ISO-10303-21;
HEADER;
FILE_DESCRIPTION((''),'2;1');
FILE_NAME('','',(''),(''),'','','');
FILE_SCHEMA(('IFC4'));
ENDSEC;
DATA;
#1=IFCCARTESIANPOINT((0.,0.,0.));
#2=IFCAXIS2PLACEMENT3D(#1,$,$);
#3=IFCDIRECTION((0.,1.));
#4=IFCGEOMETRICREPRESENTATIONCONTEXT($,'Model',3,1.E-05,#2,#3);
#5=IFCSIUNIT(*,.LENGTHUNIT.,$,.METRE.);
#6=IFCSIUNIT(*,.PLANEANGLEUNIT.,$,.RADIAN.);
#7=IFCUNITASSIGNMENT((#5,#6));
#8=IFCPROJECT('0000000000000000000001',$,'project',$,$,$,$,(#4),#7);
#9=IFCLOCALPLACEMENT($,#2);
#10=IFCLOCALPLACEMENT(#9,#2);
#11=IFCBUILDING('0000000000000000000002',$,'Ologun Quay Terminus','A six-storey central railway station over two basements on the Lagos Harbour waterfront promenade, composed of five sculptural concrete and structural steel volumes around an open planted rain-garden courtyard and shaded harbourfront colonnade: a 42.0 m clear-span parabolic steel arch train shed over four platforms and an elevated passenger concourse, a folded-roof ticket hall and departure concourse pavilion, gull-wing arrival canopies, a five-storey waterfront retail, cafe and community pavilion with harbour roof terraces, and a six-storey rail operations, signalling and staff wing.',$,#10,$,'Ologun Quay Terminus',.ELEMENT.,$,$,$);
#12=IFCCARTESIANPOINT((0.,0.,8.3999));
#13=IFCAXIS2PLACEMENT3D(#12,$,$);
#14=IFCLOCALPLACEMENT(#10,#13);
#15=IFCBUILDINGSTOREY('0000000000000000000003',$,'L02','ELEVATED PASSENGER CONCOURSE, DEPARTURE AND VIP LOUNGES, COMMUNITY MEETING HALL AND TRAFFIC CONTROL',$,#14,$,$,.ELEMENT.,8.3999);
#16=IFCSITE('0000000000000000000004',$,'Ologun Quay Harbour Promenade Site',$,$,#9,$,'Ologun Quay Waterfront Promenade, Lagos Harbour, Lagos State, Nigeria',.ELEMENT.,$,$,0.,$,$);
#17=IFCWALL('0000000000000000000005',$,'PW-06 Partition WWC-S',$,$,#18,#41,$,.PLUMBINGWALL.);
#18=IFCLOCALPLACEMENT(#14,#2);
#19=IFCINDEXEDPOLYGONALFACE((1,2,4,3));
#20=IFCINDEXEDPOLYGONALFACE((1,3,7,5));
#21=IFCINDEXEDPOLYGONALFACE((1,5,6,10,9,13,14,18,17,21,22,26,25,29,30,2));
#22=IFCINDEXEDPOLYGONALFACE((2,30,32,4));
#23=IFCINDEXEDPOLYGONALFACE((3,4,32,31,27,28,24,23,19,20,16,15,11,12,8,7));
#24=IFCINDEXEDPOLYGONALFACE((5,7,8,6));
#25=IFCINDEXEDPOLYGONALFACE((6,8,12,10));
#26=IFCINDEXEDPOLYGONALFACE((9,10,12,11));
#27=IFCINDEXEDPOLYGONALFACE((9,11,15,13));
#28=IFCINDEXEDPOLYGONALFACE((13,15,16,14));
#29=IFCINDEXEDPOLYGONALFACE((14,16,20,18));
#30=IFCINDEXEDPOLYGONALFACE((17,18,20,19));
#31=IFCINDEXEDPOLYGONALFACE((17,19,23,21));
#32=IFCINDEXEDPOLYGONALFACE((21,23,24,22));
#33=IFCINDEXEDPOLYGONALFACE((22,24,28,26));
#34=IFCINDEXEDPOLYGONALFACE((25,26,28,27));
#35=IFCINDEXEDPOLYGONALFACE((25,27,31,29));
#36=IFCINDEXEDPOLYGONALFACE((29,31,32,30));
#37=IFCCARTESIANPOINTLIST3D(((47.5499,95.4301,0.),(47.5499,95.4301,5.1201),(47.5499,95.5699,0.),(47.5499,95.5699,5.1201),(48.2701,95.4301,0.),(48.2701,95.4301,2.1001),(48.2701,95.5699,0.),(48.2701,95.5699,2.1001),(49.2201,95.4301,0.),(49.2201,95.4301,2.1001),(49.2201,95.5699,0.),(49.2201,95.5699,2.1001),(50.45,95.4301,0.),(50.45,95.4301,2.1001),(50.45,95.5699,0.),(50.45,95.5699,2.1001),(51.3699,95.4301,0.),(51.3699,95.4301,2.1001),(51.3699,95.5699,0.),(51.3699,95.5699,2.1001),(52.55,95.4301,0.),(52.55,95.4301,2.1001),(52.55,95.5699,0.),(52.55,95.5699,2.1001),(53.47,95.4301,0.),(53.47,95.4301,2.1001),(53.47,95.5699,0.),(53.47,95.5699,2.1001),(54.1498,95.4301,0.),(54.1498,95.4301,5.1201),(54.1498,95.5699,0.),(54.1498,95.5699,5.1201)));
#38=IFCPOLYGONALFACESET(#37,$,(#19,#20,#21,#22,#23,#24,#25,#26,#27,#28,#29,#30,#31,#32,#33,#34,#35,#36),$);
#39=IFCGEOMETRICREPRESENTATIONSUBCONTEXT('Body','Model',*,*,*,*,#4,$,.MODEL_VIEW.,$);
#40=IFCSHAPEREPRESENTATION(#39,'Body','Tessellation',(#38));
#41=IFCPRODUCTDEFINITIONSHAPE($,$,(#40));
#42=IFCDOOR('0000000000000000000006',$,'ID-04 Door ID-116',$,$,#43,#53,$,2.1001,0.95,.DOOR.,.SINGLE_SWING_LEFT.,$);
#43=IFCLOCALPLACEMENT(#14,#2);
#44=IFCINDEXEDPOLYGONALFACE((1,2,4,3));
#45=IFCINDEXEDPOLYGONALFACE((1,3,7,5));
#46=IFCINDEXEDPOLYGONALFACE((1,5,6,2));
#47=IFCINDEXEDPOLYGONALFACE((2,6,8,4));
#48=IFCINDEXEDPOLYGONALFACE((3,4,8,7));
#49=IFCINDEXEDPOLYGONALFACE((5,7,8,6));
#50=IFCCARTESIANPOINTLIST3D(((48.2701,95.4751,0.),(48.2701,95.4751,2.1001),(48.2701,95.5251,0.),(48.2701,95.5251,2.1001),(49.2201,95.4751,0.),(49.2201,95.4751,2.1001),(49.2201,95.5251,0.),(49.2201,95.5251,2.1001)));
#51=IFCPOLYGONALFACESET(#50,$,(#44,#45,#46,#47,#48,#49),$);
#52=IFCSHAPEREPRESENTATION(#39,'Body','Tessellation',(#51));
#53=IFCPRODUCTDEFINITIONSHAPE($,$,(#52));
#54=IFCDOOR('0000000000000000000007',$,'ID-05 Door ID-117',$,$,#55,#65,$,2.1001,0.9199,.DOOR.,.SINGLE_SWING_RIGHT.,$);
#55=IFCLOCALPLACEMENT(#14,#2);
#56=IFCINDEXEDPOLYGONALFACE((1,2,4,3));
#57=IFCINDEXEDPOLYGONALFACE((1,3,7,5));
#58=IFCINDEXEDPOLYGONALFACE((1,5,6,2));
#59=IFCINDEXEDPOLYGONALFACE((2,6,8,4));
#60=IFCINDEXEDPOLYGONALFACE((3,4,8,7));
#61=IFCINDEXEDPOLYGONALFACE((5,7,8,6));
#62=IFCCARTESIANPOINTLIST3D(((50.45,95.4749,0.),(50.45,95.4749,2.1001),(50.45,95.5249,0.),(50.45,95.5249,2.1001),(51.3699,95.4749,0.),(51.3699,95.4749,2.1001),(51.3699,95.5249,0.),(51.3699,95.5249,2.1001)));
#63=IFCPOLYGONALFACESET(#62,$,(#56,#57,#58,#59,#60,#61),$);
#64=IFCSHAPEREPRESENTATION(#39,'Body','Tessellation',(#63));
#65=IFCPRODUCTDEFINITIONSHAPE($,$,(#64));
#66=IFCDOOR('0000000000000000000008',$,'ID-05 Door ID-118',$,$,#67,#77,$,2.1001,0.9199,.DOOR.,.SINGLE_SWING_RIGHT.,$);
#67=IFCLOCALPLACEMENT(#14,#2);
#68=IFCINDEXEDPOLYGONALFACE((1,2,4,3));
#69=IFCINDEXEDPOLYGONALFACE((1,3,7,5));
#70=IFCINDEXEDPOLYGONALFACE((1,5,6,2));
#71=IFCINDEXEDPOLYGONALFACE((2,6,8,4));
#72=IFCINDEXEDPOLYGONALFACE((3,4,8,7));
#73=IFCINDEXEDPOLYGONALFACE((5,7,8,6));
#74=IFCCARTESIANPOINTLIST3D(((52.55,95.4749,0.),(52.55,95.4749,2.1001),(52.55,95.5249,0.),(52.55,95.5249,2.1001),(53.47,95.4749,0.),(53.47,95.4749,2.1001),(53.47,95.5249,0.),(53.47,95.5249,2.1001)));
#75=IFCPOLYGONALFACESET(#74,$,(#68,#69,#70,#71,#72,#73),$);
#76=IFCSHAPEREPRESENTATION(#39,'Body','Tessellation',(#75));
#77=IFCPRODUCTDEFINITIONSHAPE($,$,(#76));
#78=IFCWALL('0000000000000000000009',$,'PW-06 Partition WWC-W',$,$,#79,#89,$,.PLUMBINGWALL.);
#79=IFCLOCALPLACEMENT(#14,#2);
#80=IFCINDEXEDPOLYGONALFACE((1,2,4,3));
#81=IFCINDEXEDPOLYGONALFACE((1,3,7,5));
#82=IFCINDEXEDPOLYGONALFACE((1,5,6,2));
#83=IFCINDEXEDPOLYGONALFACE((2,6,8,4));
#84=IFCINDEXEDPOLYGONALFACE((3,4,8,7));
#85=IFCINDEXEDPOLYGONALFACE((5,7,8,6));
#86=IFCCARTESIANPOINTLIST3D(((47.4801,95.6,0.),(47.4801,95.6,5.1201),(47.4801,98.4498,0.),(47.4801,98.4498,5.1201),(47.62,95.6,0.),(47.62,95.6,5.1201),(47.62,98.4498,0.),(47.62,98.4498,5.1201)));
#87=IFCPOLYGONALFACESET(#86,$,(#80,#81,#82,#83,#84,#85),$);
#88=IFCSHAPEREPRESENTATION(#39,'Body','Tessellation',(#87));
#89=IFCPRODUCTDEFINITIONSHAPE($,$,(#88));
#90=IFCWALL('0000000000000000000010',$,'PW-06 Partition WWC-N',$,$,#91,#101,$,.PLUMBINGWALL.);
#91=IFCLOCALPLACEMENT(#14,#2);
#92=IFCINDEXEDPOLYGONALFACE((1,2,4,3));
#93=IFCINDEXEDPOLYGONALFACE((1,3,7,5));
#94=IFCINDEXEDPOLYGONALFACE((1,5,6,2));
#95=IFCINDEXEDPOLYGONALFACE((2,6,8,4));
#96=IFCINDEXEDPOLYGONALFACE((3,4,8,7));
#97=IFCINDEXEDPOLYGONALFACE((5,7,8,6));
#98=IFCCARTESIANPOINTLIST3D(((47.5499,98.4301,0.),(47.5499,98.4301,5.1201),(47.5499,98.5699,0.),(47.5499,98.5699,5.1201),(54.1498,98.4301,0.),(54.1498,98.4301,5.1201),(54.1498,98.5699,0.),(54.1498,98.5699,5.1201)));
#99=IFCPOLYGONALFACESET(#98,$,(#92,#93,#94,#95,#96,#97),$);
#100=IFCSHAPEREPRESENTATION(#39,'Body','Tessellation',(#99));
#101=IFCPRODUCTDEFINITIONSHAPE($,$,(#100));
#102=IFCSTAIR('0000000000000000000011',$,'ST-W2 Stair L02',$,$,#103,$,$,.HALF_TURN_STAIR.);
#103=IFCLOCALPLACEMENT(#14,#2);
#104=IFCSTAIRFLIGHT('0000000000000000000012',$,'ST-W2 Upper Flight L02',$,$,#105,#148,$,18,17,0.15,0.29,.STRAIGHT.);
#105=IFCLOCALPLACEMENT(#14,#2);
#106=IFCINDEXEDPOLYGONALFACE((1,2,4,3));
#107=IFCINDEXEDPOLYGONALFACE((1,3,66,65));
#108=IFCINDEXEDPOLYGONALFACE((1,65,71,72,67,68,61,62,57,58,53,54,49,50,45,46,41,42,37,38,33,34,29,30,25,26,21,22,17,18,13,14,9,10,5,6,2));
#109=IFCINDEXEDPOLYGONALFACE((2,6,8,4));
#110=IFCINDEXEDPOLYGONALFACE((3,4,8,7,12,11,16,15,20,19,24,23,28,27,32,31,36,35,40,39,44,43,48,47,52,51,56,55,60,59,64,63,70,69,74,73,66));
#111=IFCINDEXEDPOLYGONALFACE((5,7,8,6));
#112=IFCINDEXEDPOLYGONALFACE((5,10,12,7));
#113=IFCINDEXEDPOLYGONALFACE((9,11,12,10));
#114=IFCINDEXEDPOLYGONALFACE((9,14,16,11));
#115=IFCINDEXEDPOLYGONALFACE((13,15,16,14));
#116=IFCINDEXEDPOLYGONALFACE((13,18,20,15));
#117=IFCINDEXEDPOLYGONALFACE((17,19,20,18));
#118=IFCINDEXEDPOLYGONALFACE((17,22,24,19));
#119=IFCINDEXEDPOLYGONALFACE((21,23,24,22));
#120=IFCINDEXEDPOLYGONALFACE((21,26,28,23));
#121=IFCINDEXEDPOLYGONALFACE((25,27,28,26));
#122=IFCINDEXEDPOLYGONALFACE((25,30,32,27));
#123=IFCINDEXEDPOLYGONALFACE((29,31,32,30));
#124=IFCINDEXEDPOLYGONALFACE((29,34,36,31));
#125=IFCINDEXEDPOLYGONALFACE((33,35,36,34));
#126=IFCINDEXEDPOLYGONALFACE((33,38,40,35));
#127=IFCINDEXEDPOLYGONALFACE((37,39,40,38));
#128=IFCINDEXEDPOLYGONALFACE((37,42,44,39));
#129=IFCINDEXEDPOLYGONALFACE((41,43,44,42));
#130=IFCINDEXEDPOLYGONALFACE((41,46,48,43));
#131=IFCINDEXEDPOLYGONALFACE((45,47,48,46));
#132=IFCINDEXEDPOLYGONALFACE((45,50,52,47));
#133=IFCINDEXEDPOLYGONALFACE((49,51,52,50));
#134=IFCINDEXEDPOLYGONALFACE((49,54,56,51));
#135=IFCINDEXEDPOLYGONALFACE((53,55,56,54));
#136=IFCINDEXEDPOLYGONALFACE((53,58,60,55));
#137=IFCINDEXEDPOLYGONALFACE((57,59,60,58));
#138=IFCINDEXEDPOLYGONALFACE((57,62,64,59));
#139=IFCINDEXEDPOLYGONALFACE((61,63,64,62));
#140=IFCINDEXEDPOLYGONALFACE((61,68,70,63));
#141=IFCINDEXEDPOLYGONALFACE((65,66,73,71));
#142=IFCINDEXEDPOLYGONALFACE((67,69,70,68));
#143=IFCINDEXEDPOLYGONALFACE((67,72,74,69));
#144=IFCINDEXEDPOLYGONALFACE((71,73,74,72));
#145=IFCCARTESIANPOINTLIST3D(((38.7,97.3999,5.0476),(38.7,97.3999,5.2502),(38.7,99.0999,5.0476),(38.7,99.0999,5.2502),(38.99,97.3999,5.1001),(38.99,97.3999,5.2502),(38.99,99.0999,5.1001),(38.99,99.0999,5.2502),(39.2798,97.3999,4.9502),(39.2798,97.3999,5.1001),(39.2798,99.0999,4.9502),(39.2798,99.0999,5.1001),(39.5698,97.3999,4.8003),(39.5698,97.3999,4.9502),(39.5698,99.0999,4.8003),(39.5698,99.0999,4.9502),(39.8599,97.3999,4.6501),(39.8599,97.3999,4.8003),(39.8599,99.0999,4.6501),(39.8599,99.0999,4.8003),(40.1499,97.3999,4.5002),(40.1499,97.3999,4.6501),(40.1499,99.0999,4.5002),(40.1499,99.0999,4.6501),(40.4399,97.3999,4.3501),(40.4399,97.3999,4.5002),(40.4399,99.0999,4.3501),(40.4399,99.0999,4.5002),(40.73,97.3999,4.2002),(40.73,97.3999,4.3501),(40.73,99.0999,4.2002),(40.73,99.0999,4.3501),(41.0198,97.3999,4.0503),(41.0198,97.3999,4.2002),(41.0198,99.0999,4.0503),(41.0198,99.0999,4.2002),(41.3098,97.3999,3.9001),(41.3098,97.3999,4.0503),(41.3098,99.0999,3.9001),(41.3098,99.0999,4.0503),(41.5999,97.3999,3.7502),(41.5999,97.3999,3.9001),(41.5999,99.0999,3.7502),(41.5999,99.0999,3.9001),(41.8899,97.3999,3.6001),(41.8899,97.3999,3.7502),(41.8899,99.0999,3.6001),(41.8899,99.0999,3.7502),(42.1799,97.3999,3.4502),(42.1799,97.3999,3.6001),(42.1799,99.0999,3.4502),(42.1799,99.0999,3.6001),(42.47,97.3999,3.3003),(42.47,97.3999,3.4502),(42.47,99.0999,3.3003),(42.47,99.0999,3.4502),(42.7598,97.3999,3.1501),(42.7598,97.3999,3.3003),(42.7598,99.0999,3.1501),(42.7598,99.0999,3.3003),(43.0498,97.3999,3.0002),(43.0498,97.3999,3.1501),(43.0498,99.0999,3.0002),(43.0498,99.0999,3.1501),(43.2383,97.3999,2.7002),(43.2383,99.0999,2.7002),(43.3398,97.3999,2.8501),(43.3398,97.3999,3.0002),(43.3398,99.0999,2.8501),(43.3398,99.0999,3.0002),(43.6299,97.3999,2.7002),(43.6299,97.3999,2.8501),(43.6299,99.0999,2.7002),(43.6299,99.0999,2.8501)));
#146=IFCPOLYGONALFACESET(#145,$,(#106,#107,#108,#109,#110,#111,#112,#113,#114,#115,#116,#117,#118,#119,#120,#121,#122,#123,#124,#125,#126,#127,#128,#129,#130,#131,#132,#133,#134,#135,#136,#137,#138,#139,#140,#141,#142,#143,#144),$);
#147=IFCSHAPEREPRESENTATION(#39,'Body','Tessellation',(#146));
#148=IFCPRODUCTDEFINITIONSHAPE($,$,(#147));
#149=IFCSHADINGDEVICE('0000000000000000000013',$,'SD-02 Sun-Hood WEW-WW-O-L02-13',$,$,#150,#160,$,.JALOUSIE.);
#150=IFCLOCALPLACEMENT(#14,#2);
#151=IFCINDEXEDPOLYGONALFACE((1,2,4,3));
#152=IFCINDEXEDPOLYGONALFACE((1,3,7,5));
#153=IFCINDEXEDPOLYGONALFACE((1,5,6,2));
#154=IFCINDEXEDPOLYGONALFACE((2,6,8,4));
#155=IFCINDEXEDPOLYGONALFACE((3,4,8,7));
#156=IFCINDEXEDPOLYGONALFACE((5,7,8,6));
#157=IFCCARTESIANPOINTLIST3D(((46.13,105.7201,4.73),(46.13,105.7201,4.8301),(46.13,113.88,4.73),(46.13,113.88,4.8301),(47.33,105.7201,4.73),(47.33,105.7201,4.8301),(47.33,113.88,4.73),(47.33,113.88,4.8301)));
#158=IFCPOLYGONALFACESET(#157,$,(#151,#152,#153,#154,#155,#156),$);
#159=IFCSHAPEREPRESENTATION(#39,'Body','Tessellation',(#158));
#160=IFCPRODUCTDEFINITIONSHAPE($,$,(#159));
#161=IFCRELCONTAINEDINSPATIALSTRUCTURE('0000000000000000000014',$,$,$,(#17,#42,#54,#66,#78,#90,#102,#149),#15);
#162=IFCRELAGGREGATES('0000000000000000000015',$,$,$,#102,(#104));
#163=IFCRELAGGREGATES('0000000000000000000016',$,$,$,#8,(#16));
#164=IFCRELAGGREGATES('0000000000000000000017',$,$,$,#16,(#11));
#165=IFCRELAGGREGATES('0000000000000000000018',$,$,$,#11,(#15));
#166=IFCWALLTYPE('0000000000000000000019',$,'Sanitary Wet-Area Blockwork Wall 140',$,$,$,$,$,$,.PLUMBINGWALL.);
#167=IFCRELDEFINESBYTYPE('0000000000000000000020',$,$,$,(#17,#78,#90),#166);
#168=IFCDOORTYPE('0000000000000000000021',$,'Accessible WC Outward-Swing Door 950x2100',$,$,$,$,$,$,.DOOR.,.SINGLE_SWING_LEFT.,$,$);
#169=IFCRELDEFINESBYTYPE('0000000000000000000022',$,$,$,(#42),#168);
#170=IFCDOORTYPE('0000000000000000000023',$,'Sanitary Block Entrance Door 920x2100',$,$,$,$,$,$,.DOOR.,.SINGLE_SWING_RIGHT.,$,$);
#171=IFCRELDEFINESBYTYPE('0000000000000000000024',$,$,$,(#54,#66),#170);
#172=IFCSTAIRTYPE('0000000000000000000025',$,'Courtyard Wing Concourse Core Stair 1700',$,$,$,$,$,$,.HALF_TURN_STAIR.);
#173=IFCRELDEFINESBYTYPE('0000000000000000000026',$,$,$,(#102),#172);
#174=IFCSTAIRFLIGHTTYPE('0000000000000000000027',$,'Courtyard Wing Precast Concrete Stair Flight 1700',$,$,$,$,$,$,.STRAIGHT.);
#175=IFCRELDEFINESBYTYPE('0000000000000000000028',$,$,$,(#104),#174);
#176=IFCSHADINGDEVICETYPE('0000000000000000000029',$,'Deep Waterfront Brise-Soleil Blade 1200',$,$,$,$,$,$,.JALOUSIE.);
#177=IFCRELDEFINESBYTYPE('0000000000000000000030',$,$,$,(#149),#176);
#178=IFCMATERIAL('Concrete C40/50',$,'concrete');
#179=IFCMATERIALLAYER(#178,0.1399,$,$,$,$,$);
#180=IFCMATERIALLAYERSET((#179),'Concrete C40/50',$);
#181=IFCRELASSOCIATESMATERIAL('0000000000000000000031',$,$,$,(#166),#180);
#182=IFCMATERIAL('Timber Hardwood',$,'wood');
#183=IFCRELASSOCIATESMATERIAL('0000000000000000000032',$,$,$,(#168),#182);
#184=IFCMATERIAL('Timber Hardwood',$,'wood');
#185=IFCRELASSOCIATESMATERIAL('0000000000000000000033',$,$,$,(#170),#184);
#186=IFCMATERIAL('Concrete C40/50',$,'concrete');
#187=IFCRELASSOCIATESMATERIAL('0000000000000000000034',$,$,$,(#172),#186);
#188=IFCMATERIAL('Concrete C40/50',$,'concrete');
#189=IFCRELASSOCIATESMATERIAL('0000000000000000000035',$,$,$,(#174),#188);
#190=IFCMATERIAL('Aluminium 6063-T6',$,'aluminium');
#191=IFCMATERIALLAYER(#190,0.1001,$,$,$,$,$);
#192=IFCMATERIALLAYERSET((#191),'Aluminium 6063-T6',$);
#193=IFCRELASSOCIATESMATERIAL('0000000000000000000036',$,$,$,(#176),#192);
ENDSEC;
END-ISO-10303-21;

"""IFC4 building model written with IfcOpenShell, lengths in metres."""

from ifc_helpers import new_model, si_unit, direction, frame, frame_2d, origin, origin_2d, place, context, subcontext, project, spatial, polyline, rectangle, outline, extrude, material, layer, layer_set, type_object, element, fill, aggregate, save


model = new_model("IFC4")

# Units and contexts
model_context = context("Model", 3, precision=1e-05, world=origin(), true_north=direction((0.0, 1.0)))
body_context = subcontext(model_context, "Body", "Model", "MODEL_VIEW")
ifc_project = project(units=[si_unit("LENGTHUNIT", "METRE"), si_unit("PLANEANGLEUNIT", "RADIAN")], contexts=[model_context])

# Site, building, storey
site_placement = place(None, origin())
site = spatial("IfcSite", under=ifc_project, at=site_placement, Name="Ologun Quay Harbour Promenade Site", LongName="Ologun Quay Waterfront Promenade, Lagos Harbour, Lagos State, Nigeria", CompositionType="ELEMENT", RefElevation=0.0)
building_placement = place(site_placement, origin())
building = spatial("IfcBuilding", under=site, at=building_placement, Name="Ologun Quay Terminus", Description="A six-storey central railway station over two basements on the Lagos Harbour waterfront promenade, composed of five sculptural concrete and structural steel volumes around an open planted rain-garden courtyard and shaded harbourfront colonnade: a 42.0 m clear-span parabolic steel arch train shed over four platforms and an elevated passenger concourse, a folded-roof ticket hall and departure concourse pavilion, gull-wing arrival canopies, a five-storey waterfront retail, cafe and community pavilion with harbour roof terraces, and a six-storey rail operations, signalling and staff wing.", LongName="Ologun Quay Terminus", CompositionType="ELEMENT")
storey_placement = place(building_placement, frame((0.0, 0.0, 8.3999)))
storey = spatial("IfcBuildingStorey", under=building, at=storey_placement, Name="L02", Description="ELEVATED PASSENGER CONCOURSE, DEPARTURE AND VIP LOUNGES, COMMUNITY MEETING HALL AND TRAFFIC CONTROL", CompositionType="ELEMENT", Elevation=8.3999)

# Wall, openings, doors
ifc_material_1 = material(Name="Concrete C40/50", Category="concrete")
ifc_layer_1 = layer(ifc_material_1, 0.1399)
ifc_layer_set_1 = layer_set([ifc_layer_1], Name="Concrete C40/50")
wall_type_1 = type_object("IfcWallType", Name="Sanitary Wet-Area Blockwork Wall 140", PredefinedType="PLUMBINGWALL", material=ifc_layer_set_1)
wall_1_placement = place(storey_placement, frame((47.55, 95.5, 0.0), z_axis=(0.0, 0.0, 1.0), x_axis=(1.0, 0.0, 0.0)))
wall_1 = element("IfcWall", 1, at=wall_1_placement, inside=storey, type_object=wall_type_1, Name="PW-06 Partition WWC-S", PredefinedType="PLUMBINGWALL", context=body_context, shape_type="SweptSolid", body=[
    extrude(rectangle(XDim=6.5999, YDim=0.1399, at=frame_2d((3.2998, 0.0))), origin(), (0.0, 0.0, 1.0), 5.1201),
])
opening_1_placement = place(wall_1_placement, frame((0.72, 0.0, 0.0)))
opening_1 = element("IfcOpeningElement", 2, at=opening_1_placement, cuts=wall_1, PredefinedType="OPENING", context=body_context, shape_type="SweptSolid", body=[
    extrude(rectangle(XDim=0.95, YDim=2.1001, at=frame_2d((0.4751, 1.05))), frame((0.0, 0.0801, 0.0), z_axis=(0.0, -1.0, 0.0), x_axis=(1.0, 0.0, 0.0)), (0.0, 0.0, 1.0), 0.1599),
])
opening_2_placement = place(wall_1_placement, frame((2.8999, 0.0, 0.0)))
opening_2 = element("IfcOpeningElement", 3, at=opening_2_placement, cuts=wall_1, PredefinedType="OPENING", context=body_context, shape_type="SweptSolid", body=[
    extrude(rectangle(XDim=0.9199, YDim=2.1001, at=frame_2d((0.46, 1.05))), frame((0.0, 0.0801, 0.0), z_axis=(0.0, -1.0, 0.0), x_axis=(1.0, 0.0, 0.0)), (0.0, 0.0, 1.0), 0.1599),
])
opening_3_placement = place(wall_1_placement, frame((5.0, 0.0, 0.0)))
opening_3 = element("IfcOpeningElement", 4, at=opening_3_placement, cuts=wall_1, PredefinedType="OPENING", context=body_context, shape_type="SweptSolid", body=[
    extrude(rectangle(XDim=0.9199, YDim=2.1001, at=frame_2d((0.46, 1.05))), frame((0.0, 0.0801, 0.0), z_axis=(0.0, -1.0, 0.0), x_axis=(1.0, 0.0, 0.0)), (0.0, 0.0, 1.0), 0.1599),
])
ifc_material_2 = material(Name="Timber Hardwood", Category="wood")
door_type_1 = type_object("IfcDoorType", Name="Accessible WC Outward-Swing Door 950x2100", OperationType="SINGLE_SWING_LEFT", PredefinedType="DOOR", material=ifc_material_2)
door_1_placement = place(opening_1_placement, frame((0.4751, 0.0, 0.0), z_axis=(0.0, 0.0, 1.0), x_axis=(-1.0, 0.0, 0.0)))
door_1 = element("IfcDoor", 5, at=door_1_placement, inside=storey, type_object=door_type_1, Name="ID-04 Door ID-116", OperationType="SINGLE_SWING_LEFT", OverallHeight=2.1001, OverallWidth=0.95, PredefinedType="DOOR", context=body_context, shape_type="SweptSolid", body=[
    extrude(rectangle(XDim=0.95, YDim=2.1001, at=frame_2d((0.0, 1.05))), frame((0.0, 0.0249, 0.0), z_axis=(0.0, -1.0, 0.0), x_axis=(1.0, 0.0, 0.0)), (0.0, 0.0, 1.0), 0.05),
])
fill(opening_1, door_1)
ifc_material_3 = material(Name="Timber Hardwood", Category="wood")
door_type_2 = type_object("IfcDoorType", Name="Sanitary Block Entrance Door 920x2100", OperationType="SINGLE_SWING_RIGHT", PredefinedType="DOOR", material=ifc_material_3)
door_2_placement = place(opening_2_placement, origin())
door_2 = element("IfcDoor", 6, at=door_2_placement, inside=storey, type_object=door_type_2, Name="ID-05 Door ID-117", OperationType="SINGLE_SWING_RIGHT", OverallHeight=2.1001, OverallWidth=0.9199, PredefinedType="DOOR", context=body_context, shape_type="SweptSolid", body=[
    extrude(rectangle(XDim=0.9199, YDim=2.1001, at=frame_2d((0.46, 1.05))), frame((0.0, 0.0249, 0.0), z_axis=(0.0, -1.0, 0.0), x_axis=(1.0, 0.0, 0.0)), (0.0, 0.0, 1.0), 0.05),
])
fill(opening_2, door_2)
door_3_placement = place(opening_3_placement, origin())
door_3 = element("IfcDoor", 7, at=door_3_placement, inside=storey, type_object=door_type_2, Name="ID-05 Door ID-118", OperationType="SINGLE_SWING_RIGHT", OverallHeight=2.1001, OverallWidth=0.9199, PredefinedType="DOOR", context=body_context, shape_type="SweptSolid", body=[
    extrude(rectangle(XDim=0.9199, YDim=2.1001, at=frame_2d((0.46, 1.05))), frame((0.0, 0.0249, 0.0), z_axis=(0.0, -1.0, 0.0), x_axis=(1.0, 0.0, 0.0)), (0.0, 0.0, 1.0), 0.05),
])
fill(opening_3, door_3)

# Walls
wall_2_placement = place(storey_placement, frame((47.55, 95.6001, 0.0), z_axis=(0.0, 0.0, 1.0), x_axis=(0.0, 1.0, 0.0)))
element("IfcWall", 8, at=wall_2_placement, inside=storey, type_object=wall_type_1, Name="PW-06 Partition WWC-W", PredefinedType="PLUMBINGWALL", context=body_context, shape_type="SweptSolid", body=[
    extrude(rectangle(XDim=2.8499, YDim=0.1399, at=frame_2d((1.4248, 0.0))), origin(), (0.0, 0.0, 1.0), 5.1201),
])
wall_3_placement = place(storey_placement, frame((47.55, 98.5, 0.0), z_axis=(0.0, 0.0, 1.0), x_axis=(1.0, 0.0, 0.0)))
element("IfcWall", 9, at=wall_3_placement, inside=storey, type_object=wall_type_1, Name="PW-06 Partition WWC-N", PredefinedType="PLUMBINGWALL", context=body_context, shape_type="SweptSolid", body=[
    extrude(rectangle(XDim=6.5999, YDim=0.1399, at=frame_2d((3.2998, 0.0))), origin(), (0.0, 0.0, 1.0), 5.1201),
])

# Stair, stair flight
ifc_material_4 = material(Name="Concrete C40/50", Category="concrete")
stair_type = type_object("IfcStairType", Name="Courtyard Wing Concourse Core Stair 1700", PredefinedType="HALF_TURN_STAIR", material=ifc_material_4)
stair_placement = place(storey_placement, origin())
stair = element("IfcStair", 10, at=stair_placement, inside=storey, type_object=stair_type, Name="ST-W2 Stair L02", PredefinedType="HALF_TURN_STAIR")
ifc_material_5 = material(Name="Concrete C40/50", Category="concrete")
stair_flight_type = type_object("IfcStairFlightType", Name="Courtyard Wing Precast Concrete Stair Flight 1700", PredefinedType="STRAIGHT", material=ifc_material_5)
stair_flight_placement = place(storey_placement, frame((43.6299, 98.25, 2.7002), z_axis=(0.0, 0.0, 1.0), x_axis=(-1.0, 0.0, 0.0)))
stair_flight = element("IfcStairFlight", 11, at=stair_flight_placement, type_object=stair_flight_type, Name="ST-W2 Upper Flight L02", NumberOfRisers=18, NumberOfTreads=17, PredefinedType="STRAIGHT", RiserHeight=0.15, TreadLength=0.29, context=body_context, shape_type="SweptSolid", body=[
    extrude(outline(polyline([(0.0, 0.0), (0.0, 0.1499), (0.29, 0.1499), (0.29, 0.3), (0.5801, 0.3), (0.5801, 0.45), (0.8701, 0.45), (0.8701, 0.6001), (1.1599, 0.6001), (1.1599, 0.75), (1.45, 0.75), (1.45, 0.8999), (1.74, 0.8999), (1.74, 1.05), (2.03, 1.05), (2.03, 1.2), (2.3201, 1.2), (2.3201, 1.3501), (2.6101, 1.3501), (2.6101, 1.5), (2.8999, 1.5), (2.8999, 1.6499), (3.1899, 1.6499), (3.1899, 1.8), (3.48, 1.8), (3.48, 1.95), (3.77, 1.95), (3.77, 2.1001), (4.0601, 2.1001), (4.0601, 2.25), (4.3501, 2.25), (4.3501, 2.3999), (4.6399, 2.3999), (4.6399, 2.55), (4.9299, 2.55), (4.9299, 2.7), (4.9299, 2.3474), (0.3916, 0.0), (0.0, 0.0)])), frame((0.0, 0.8501, 0.0), z_axis=(0.0, -1.0, 0.0), x_axis=(1.0, 0.0, 0.0)), (0.0, 0.0, 1.0), 1.7),
])
aggregate(stair, [stair_flight])

# Shading device
ifc_material_6 = material(Name="Aluminium 6063-T6", Category="aluminium")
ifc_layer_2 = layer(ifc_material_6, 0.1001)
ifc_layer_set_2 = layer_set([ifc_layer_2], Name="Aluminium 6063-T6")
shading_device_type = type_object("IfcShadingDeviceType", Name="Deep Waterfront Brise-Soleil Blade 1200", PredefinedType="JALOUSIE", material=ifc_layer_set_2)
shading_device_placement = place(storey_placement, frame((46.73, 109.8, 4.73), z_axis=(0.0, 0.0, 1.0), x_axis=(1.0, 0.0, 0.0)))
element("IfcShadingDevice", 12, at=shading_device_placement, inside=storey, type_object=shading_device_type, Name="SD-02 Sun-Hood WEW-WW-O-L02-13", PredefinedType="JALOUSIE", context=body_context, shape_type="SweptSolid", body=[
    extrude(rectangle(XDim=1.2, YDim=8.1599, at=origin_2d()), origin(), (0.0, 0.0, 1.0), 0.1001),
])

save(model, "model.ifc")
